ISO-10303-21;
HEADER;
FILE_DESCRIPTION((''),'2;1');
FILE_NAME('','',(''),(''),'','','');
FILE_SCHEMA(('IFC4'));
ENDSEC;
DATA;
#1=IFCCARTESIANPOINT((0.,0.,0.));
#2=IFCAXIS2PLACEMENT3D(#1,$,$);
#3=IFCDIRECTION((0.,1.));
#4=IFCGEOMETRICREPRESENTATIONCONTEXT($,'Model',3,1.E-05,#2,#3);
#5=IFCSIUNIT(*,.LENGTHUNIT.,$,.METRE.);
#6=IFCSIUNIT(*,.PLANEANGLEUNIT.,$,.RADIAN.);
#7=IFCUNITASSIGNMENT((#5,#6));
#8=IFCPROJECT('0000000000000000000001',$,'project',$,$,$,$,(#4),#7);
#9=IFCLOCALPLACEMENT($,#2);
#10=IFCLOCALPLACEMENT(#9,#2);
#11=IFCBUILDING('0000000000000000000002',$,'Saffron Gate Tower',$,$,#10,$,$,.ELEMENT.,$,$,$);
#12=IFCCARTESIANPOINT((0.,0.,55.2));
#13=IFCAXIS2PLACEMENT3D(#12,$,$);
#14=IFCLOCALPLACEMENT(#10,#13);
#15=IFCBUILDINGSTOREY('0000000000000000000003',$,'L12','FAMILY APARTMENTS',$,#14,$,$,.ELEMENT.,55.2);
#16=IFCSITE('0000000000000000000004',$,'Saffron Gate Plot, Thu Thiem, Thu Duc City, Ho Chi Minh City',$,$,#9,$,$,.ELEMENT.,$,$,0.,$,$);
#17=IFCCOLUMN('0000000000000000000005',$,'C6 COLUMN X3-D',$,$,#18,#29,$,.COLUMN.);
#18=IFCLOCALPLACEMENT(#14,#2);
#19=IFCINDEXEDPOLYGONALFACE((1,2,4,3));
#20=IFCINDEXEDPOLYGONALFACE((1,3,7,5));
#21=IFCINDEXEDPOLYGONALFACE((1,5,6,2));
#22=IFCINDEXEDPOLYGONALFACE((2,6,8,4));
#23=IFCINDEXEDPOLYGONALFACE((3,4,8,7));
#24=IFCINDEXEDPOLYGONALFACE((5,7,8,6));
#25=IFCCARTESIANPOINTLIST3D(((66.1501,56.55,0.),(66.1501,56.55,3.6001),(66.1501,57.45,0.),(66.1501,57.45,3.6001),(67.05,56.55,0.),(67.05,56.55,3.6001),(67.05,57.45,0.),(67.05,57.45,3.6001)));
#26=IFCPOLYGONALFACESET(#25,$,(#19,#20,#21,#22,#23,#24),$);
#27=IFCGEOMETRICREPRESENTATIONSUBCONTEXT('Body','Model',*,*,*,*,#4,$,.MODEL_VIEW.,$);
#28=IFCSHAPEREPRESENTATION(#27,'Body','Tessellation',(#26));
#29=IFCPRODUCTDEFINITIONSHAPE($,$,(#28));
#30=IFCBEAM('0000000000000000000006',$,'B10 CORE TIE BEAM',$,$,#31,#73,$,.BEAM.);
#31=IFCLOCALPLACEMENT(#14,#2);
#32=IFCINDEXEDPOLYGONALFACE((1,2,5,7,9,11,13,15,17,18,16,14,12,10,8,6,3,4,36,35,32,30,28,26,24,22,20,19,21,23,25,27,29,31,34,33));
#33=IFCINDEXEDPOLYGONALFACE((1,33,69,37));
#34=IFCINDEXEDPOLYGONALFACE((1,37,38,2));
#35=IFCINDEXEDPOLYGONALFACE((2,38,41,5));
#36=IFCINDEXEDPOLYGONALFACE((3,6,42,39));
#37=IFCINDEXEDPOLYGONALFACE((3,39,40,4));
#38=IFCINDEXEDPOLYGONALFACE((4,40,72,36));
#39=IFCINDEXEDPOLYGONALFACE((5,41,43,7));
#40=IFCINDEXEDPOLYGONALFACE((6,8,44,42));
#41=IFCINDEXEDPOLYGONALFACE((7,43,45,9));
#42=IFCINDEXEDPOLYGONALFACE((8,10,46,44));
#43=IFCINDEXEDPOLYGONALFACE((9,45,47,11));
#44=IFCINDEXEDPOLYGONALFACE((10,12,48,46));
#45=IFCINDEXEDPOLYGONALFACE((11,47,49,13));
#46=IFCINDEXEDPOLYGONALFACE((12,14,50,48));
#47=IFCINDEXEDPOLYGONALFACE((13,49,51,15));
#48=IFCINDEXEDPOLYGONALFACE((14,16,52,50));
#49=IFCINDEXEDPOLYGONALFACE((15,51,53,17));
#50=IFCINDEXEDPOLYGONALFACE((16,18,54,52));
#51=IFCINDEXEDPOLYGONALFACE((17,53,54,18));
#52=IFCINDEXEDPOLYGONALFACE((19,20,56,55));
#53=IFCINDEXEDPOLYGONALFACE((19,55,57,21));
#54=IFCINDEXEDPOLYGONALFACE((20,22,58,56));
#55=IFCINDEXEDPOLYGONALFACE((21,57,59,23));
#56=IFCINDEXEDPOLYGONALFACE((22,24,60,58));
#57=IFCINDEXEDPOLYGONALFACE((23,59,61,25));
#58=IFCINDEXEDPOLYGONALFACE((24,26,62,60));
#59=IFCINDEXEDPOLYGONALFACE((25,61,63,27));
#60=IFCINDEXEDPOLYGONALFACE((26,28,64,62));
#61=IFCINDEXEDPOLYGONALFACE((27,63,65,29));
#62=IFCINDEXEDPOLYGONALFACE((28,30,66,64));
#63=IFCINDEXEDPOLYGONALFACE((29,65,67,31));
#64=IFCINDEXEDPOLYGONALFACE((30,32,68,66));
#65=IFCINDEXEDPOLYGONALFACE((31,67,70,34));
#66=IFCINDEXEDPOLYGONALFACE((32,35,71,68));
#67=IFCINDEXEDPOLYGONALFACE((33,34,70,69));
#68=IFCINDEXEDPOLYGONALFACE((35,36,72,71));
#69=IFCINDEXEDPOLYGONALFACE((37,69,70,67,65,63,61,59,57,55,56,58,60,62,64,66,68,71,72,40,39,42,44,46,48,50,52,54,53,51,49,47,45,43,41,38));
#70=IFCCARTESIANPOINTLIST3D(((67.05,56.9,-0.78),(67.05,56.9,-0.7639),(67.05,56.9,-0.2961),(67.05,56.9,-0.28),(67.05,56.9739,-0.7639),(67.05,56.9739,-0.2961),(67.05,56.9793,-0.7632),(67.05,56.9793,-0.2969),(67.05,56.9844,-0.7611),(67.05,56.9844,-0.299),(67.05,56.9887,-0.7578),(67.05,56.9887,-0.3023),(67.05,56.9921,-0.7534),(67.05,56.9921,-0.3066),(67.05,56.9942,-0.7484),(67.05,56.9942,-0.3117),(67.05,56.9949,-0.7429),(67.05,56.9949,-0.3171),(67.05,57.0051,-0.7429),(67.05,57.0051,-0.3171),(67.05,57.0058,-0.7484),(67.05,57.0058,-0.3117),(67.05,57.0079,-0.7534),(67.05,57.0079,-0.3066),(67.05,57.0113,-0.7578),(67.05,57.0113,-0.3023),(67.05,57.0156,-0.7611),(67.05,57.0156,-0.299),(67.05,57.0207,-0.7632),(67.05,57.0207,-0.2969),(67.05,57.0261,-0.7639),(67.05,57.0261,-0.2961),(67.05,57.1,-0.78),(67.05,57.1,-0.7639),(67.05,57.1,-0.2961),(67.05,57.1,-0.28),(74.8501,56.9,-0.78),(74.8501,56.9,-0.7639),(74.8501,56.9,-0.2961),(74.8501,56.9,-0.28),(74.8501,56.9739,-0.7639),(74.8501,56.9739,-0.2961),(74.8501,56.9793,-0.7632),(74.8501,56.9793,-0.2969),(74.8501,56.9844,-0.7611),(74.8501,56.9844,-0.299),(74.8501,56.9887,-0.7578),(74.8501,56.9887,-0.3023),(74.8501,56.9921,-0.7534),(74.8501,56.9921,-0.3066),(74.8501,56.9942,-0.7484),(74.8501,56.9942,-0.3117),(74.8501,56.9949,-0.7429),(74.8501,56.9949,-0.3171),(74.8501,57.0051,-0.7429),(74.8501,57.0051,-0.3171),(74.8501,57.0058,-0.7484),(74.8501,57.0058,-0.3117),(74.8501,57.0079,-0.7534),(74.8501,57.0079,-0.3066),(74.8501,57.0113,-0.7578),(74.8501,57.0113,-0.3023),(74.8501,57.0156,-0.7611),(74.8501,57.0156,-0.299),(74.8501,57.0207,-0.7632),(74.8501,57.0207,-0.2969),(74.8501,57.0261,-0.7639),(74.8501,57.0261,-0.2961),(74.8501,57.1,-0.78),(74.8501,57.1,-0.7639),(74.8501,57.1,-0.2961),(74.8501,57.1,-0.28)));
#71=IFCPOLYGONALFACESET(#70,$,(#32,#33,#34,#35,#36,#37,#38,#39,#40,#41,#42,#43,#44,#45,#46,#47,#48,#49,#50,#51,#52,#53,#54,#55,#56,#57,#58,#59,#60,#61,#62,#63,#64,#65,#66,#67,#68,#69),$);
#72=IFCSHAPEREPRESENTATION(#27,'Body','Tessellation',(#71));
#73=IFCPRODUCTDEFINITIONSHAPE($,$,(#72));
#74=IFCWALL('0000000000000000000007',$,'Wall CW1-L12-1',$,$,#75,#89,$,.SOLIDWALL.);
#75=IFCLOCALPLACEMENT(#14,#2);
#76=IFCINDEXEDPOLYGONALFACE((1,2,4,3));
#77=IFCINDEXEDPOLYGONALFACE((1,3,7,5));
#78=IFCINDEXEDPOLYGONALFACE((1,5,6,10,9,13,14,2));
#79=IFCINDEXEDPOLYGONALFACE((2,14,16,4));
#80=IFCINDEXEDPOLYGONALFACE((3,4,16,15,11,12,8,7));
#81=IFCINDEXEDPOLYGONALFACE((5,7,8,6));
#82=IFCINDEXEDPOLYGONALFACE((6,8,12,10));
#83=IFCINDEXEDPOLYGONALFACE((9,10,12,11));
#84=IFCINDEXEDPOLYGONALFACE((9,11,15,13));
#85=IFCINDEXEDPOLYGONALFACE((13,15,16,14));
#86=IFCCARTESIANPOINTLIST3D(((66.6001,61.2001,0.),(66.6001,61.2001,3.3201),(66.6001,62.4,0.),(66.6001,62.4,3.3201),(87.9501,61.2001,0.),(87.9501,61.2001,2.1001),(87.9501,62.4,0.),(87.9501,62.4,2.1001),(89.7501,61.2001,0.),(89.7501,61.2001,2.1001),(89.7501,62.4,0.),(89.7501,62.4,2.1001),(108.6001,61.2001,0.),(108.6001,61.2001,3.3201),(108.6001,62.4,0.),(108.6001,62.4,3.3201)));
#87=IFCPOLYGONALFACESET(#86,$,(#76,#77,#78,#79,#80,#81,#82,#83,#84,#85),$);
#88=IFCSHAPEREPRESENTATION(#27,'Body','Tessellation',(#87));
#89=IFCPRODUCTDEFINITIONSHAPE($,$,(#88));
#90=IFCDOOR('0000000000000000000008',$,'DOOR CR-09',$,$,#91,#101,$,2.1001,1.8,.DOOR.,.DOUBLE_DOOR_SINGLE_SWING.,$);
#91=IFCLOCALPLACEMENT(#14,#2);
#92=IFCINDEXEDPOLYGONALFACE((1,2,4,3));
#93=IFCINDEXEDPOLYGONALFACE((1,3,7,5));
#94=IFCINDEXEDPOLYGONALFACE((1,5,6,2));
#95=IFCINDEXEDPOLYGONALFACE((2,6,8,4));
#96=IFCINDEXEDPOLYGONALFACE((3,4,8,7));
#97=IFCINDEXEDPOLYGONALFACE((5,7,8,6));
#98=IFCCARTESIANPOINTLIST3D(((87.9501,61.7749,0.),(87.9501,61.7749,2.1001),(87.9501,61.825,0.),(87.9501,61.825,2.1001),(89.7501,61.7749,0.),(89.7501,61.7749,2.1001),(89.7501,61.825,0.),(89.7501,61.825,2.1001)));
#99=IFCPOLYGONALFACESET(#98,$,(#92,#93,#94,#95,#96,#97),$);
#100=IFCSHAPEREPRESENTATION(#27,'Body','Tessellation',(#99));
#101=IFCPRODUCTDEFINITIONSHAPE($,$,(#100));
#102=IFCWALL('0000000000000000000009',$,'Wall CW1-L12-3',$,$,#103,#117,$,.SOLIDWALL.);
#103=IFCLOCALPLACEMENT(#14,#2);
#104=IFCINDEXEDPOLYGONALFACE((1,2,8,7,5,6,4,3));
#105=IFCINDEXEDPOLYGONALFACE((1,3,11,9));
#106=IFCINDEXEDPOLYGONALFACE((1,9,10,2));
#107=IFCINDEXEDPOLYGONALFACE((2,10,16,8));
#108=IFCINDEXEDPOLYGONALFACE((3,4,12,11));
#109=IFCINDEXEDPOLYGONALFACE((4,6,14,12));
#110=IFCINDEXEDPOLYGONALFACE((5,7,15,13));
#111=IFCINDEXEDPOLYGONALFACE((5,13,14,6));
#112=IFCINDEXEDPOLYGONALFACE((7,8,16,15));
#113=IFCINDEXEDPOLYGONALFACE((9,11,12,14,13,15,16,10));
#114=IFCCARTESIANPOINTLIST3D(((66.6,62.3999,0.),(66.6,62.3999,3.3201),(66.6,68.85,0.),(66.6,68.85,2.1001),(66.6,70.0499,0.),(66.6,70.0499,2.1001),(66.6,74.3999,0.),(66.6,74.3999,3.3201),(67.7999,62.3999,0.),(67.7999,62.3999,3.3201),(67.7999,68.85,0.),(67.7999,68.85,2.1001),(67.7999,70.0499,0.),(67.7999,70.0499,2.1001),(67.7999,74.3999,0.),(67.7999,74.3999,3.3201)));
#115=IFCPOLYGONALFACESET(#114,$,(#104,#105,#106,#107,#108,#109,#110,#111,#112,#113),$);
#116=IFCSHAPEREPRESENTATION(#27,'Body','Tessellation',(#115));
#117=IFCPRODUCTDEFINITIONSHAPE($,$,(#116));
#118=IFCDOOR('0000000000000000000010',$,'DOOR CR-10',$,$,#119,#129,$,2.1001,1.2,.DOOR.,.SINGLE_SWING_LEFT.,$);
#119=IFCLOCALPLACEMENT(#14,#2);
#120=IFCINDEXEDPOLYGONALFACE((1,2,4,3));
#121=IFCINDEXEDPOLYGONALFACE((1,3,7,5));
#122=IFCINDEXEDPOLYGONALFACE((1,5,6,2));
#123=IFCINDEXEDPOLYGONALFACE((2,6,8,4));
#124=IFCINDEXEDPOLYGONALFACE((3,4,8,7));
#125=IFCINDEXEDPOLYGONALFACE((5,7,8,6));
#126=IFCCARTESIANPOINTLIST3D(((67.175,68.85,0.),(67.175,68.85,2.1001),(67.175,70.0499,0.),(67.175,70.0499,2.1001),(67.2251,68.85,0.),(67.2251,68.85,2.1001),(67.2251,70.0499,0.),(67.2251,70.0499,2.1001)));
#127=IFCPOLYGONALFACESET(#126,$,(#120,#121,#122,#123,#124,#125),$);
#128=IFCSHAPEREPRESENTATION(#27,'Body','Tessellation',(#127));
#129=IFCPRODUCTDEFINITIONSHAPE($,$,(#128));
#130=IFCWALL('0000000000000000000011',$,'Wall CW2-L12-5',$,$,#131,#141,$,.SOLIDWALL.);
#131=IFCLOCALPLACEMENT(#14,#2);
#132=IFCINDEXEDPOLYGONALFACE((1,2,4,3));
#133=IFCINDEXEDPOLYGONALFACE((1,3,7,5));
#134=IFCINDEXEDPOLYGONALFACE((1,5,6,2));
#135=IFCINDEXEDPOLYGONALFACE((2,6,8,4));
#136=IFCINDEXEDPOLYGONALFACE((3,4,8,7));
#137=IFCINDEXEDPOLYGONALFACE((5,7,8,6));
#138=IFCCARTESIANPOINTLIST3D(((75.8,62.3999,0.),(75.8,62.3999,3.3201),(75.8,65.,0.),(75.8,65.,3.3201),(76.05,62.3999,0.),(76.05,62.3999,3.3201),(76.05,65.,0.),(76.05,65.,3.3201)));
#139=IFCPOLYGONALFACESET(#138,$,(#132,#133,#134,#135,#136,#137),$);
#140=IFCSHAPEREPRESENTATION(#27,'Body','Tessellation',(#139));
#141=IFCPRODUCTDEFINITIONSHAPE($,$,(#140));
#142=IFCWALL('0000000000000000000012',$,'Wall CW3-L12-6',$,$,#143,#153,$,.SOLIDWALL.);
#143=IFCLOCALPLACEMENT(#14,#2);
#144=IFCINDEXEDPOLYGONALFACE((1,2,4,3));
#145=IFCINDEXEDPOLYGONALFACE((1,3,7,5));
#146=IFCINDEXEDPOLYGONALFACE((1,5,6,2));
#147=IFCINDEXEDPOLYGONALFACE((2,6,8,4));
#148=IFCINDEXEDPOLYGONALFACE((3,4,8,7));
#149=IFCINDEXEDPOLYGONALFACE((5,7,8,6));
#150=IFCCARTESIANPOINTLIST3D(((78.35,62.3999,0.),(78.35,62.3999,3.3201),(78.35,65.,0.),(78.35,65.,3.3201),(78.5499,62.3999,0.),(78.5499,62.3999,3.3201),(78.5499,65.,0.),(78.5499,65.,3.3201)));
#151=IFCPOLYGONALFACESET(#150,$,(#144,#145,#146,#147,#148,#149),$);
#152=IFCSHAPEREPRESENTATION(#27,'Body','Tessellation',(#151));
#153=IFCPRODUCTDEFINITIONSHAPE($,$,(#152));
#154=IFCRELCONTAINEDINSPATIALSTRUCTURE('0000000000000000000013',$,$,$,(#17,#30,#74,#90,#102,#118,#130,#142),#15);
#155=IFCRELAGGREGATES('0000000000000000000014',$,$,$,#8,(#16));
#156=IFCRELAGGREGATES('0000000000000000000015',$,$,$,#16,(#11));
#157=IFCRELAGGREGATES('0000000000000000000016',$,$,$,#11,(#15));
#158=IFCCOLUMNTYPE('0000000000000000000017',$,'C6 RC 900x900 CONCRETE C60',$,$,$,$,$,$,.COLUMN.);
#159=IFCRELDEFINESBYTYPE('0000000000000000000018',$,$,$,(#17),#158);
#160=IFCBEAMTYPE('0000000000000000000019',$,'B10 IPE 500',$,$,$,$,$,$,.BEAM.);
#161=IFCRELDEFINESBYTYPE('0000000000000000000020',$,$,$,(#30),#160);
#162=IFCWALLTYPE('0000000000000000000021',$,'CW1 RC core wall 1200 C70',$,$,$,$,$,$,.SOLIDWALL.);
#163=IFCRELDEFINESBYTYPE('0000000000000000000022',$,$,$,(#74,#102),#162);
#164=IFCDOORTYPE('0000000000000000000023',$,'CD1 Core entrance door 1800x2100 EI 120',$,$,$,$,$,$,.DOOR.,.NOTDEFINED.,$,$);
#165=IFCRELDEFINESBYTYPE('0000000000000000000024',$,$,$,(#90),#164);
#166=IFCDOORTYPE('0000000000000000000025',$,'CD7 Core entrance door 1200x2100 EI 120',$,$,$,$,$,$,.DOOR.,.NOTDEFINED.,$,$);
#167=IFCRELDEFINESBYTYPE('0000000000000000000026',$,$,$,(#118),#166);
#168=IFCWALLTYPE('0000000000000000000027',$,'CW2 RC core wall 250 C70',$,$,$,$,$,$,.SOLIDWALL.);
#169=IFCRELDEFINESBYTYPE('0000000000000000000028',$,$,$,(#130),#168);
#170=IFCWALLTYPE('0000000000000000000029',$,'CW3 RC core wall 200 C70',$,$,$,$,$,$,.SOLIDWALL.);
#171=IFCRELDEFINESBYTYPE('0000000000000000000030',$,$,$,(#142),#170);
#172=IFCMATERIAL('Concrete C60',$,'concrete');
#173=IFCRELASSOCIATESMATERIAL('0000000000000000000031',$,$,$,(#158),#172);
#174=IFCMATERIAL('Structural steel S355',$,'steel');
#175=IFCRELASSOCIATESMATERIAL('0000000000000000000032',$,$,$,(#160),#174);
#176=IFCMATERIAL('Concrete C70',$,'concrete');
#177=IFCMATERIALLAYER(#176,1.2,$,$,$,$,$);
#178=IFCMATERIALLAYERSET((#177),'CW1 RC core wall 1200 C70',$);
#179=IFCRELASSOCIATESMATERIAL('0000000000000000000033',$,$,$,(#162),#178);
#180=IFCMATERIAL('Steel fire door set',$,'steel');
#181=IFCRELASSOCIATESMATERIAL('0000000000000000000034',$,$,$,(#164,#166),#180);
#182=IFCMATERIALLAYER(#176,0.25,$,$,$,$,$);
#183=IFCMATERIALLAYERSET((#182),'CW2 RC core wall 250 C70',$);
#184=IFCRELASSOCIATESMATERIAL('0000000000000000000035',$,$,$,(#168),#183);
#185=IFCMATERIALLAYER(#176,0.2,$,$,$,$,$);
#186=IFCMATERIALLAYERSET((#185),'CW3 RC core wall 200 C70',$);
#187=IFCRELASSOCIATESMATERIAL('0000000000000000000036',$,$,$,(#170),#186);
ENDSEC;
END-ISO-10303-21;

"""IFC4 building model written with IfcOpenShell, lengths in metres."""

from ifc_helpers import new_model, si_unit, direction, frame, frame_2d, origin, origin_2d, place, context, subcontext, project, spatial, rectangle, i_section, extrude, material, layer, layer_set, material_profile, profile_set, type_object, element, fill, save


model = new_model("IFC4")

# Units and contexts
model_context = context("Model", 3, precision=1e-05, world=origin(), true_north=direction((0.0, 1.0)))
body_context = subcontext(model_context, "Body", "Model", "MODEL_VIEW")
ifc_project = project(units=[si_unit("LENGTHUNIT", "METRE"), si_unit("PLANEANGLEUNIT", "RADIAN")], contexts=[model_context])

# Site, building, storey
site_placement = place(None, origin())
site = spatial("IfcSite", under=ifc_project, at=site_placement, Name="Saffron Gate Plot, Thu Thiem, Thu Duc City, Ho Chi Minh City", CompositionType="ELEMENT", RefElevation=0.0)
building_placement = place(site_placement, origin())
building = spatial("IfcBuilding", under=site, at=building_placement, Name="Saffron Gate Tower", CompositionType="ELEMENT")
storey_placement = place(building_placement, frame((0.0, 0.0, 55.2)))
storey = spatial("IfcBuildingStorey", under=building, at=storey_placement, Name="L12", Description="FAMILY APARTMENTS", CompositionType="ELEMENT", Elevation=55.2)

# Column
ifc_material_1 = material(Name="Concrete C60", Category="concrete")
ifc_material_profile_1 = material_profile(ifc_material_1, rectangle(XDim=0.8999, YDim=0.8999, at=origin_2d()))
ifc_profile_set_1 = profile_set([ifc_material_profile_1], Name="Concrete C60")
column_type = type_object("IfcColumnType", Name="C6 RC 900x900 CONCRETE C60", PredefinedType="COLUMN", material=ifc_profile_set_1)
column_placement = place(storey_placement, frame((66.6001, 57.0, 0.0), z_axis=(0.0, 0.0, 1.0), x_axis=(1.0, 0.0, 0.0)))
element("IfcColumn", 1, at=column_placement, inside=storey, type_object=column_type, Name="C6 COLUMN X3-D", PredefinedType="COLUMN", context=body_context, shape_type="SweptSolid", body=[
    extrude(rectangle(XDim=0.8999, YDim=0.8999, at=origin_2d()), origin(), (0.0, 0.0, 1.0), 3.6001),
])

# Beam
ifc_material_2 = material(Name="Structural steel S355", Category="steel")
ifc_material_profile_2 = material_profile(ifc_material_2, i_section(OverallWidth=0.2, OverallDepth=0.5, WebThickness=0.0103, FlangeThickness=0.0161, FilletRadius=0.021, at=origin_2d()))
ifc_profile_set_2 = profile_set([ifc_material_profile_2], Name="Structural steel S355")
beam_type = type_object("IfcBeamType", Name="B10 IPE 500", PredefinedType="BEAM", material=ifc_profile_set_2)
beam_placement = place(storey_placement, frame((67.05, 57.0, -0.53), z_axis=(1.0, 0.0, 0.0), x_axis=(0.0, 1.0, 0.0)))
element("IfcBeam", 2, at=beam_placement, inside=storey, type_object=beam_type, Name="B10 CORE TIE BEAM", PredefinedType="BEAM", context=body_context, shape_type="SweptSolid", body=[
    extrude(i_section(OverallWidth=0.2, OverallDepth=0.5, WebThickness=0.0103, FlangeThickness=0.0161, FilletRadius=0.021, at=origin_2d()), origin(), (0.0, 0.0, 1.0), 7.8),
])

# Walls, openings, doors
ifc_material_3 = material(Name="Concrete C70", Category="concrete")
ifc_layer_1 = layer(ifc_material_3, 1.2)
ifc_layer_set_1 = layer_set([ifc_layer_1], Name="CW1 RC core wall 1200 C70")
wall_type_1 = type_object("IfcWallType", Name="CW1 RC core wall 1200 C70", PredefinedType="SOLIDWALL", material=ifc_layer_set_1)
wall_1_placement = place(storey_placement, frame((66.6001, 61.8, 0.0), z_axis=(0.0, 0.0, 1.0), x_axis=(1.0, 0.0, 0.0)))
wall_1 = element("IfcWall", 3, at=wall_1_placement, inside=storey, type_object=wall_type_1, Name="Wall CW1-L12-1", PredefinedType="SOLIDWALL", context=body_context, shape_type="SweptSolid", body=[
    extrude(rectangle(XDim=42.0, YDim=1.2, at=frame_2d((21.0, 0.0))), origin(), (0.0, 0.0, 1.0), 3.3201),
])
opening_1_placement = place(wall_1_placement, frame((21.3501, 0.0, 0.0)))
opening_1 = element("IfcOpeningElement", 4, at=opening_1_placement, cuts=wall_1, PredefinedType="OPENING", context=body_context, shape_type="SweptSolid", body=[
    extrude(rectangle(XDim=1.8, YDim=2.1001, at=frame_2d((0.8999, 1.05))), frame((0.0, 0.6099, 0.0), z_axis=(0.0, -1.0, 0.0), x_axis=(1.0, 0.0, 0.0)), (0.0, 0.0, 1.0), 1.22),
])
ifc_material_4 = material(Name="Steel fire door set", Category="steel")
door_type_1 = type_object("IfcDoorType", Name="CD1 Core entrance door 1800x2100 EI 120", OperationType="NOTDEFINED", PredefinedType="DOOR", material=ifc_material_4)
door_1_placement = place(opening_1_placement, origin())
door_1 = element("IfcDoor", 5, at=door_1_placement, inside=storey, type_object=door_type_1, Name="DOOR CR-09", OperationType="DOUBLE_DOOR_SINGLE_SWING", OverallHeight=2.1001, OverallWidth=1.8, PredefinedType="DOOR", context=body_context, shape_type="SweptSolid", body=[
    extrude(rectangle(XDim=1.8, YDim=2.1001, at=frame_2d((0.8999, 1.05))), frame((0.0, 0.0249, 0.0), z_axis=(0.0, -1.0, 0.0), x_axis=(1.0, 0.0, 0.0)), (0.0, 0.0, 1.0), 0.05),
])
fill(opening_1, door_1)
wall_2_placement = place(storey_placement, frame((67.2, 62.3999, 0.0), z_axis=(0.0, 0.0, 1.0), x_axis=(0.0, 1.0, 0.0)))
wall_2 = element("IfcWall", 6, at=wall_2_placement, inside=storey, type_object=wall_type_1, Name="Wall CW1-L12-3", PredefinedType="SOLIDWALL", context=body_context, shape_type="SweptSolid", body=[
    extrude(rectangle(XDim=12.0, YDim=1.2, at=frame_2d((6.0, 0.0))), origin(), (0.0, 0.0, 1.0), 3.3201),
])
opening_2_placement = place(wall_2_placement, frame((6.45, 0.0, 0.0)))
opening_2 = element("IfcOpeningElement", 7, at=opening_2_placement, cuts=wall_2, PredefinedType="OPENING", context=body_context, shape_type="SweptSolid", body=[
    extrude(rectangle(XDim=1.2, YDim=2.1001, at=frame_2d((0.6001, 1.05))), frame((0.0, 0.6099, 0.0), z_axis=(0.0, -1.0, 0.0), x_axis=(1.0, 0.0, 0.0)), (0.0, 0.0, 1.0), 1.22),
])
door_type_2 = type_object("IfcDoorType", Name="CD7 Core entrance door 1200x2100 EI 120", OperationType="NOTDEFINED", PredefinedType="DOOR", material=ifc_material_4)
door_2_placement = place(opening_2_placement, origin())
door_2 = element("IfcDoor", 8, at=door_2_placement, inside=storey, type_object=door_type_2, Name="DOOR CR-10", OperationType="SINGLE_SWING_LEFT", OverallHeight=2.1001, OverallWidth=1.2, PredefinedType="DOOR", context=body_context, shape_type="SweptSolid", body=[
    extrude(rectangle(XDim=1.2, YDim=2.1001, at=frame_2d((0.6001, 1.05))), frame((0.0, 0.0249, 0.0), z_axis=(0.0, -1.0, 0.0), x_axis=(1.0, 0.0, 0.0)), (0.0, 0.0, 1.0), 0.05),
])
fill(opening_2, door_2)

# Walls
ifc_layer_2 = layer(ifc_material_3, 0.25)
ifc_layer_set_2 = layer_set([ifc_layer_2], Name="CW2 RC core wall 250 C70")
wall_type_2 = type_object("IfcWallType", Name="CW2 RC core wall 250 C70", PredefinedType="SOLIDWALL", material=ifc_layer_set_2)
wall_3_placement = place(storey_placement, frame((75.925, 62.3999, 0.0), z_axis=(0.0, 0.0, 1.0), x_axis=(0.0, 1.0, 0.0)))
element("IfcWall", 9, at=wall_3_placement, inside=storey, type_object=wall_type_2, Name="Wall CW2-L12-5", PredefinedType="SOLIDWALL", context=body_context, shape_type="SweptSolid", body=[
    extrude(rectangle(XDim=2.6001, YDim=0.25, at=frame_2d((1.3, 0.0))), origin(), (0.0, 0.0, 1.0), 3.3201),
])
ifc_layer_3 = layer(ifc_material_3, 0.2)
ifc_layer_set_3 = layer_set([ifc_layer_3], Name="CW3 RC core wall 200 C70")
wall_type_3 = type_object("IfcWallType", Name="CW3 RC core wall 200 C70", PredefinedType="SOLIDWALL", material=ifc_layer_set_3)
wall_4_placement = place(storey_placement, frame((78.45, 62.3999, 0.0), z_axis=(0.0, 0.0, 1.0), x_axis=(0.0, 1.0, 0.0)))
element("IfcWall", 10, at=wall_4_placement, inside=storey, type_object=wall_type_3, Name="Wall CW3-L12-6", PredefinedType="SOLIDWALL", context=body_context, shape_type="SweptSolid", body=[
    extrude(rectangle(XDim=2.6001, YDim=0.2, at=frame_2d((1.3, 0.0))), origin(), (0.0, 0.0, 1.0), 3.3201),
])

save(model, "model.ifc")
